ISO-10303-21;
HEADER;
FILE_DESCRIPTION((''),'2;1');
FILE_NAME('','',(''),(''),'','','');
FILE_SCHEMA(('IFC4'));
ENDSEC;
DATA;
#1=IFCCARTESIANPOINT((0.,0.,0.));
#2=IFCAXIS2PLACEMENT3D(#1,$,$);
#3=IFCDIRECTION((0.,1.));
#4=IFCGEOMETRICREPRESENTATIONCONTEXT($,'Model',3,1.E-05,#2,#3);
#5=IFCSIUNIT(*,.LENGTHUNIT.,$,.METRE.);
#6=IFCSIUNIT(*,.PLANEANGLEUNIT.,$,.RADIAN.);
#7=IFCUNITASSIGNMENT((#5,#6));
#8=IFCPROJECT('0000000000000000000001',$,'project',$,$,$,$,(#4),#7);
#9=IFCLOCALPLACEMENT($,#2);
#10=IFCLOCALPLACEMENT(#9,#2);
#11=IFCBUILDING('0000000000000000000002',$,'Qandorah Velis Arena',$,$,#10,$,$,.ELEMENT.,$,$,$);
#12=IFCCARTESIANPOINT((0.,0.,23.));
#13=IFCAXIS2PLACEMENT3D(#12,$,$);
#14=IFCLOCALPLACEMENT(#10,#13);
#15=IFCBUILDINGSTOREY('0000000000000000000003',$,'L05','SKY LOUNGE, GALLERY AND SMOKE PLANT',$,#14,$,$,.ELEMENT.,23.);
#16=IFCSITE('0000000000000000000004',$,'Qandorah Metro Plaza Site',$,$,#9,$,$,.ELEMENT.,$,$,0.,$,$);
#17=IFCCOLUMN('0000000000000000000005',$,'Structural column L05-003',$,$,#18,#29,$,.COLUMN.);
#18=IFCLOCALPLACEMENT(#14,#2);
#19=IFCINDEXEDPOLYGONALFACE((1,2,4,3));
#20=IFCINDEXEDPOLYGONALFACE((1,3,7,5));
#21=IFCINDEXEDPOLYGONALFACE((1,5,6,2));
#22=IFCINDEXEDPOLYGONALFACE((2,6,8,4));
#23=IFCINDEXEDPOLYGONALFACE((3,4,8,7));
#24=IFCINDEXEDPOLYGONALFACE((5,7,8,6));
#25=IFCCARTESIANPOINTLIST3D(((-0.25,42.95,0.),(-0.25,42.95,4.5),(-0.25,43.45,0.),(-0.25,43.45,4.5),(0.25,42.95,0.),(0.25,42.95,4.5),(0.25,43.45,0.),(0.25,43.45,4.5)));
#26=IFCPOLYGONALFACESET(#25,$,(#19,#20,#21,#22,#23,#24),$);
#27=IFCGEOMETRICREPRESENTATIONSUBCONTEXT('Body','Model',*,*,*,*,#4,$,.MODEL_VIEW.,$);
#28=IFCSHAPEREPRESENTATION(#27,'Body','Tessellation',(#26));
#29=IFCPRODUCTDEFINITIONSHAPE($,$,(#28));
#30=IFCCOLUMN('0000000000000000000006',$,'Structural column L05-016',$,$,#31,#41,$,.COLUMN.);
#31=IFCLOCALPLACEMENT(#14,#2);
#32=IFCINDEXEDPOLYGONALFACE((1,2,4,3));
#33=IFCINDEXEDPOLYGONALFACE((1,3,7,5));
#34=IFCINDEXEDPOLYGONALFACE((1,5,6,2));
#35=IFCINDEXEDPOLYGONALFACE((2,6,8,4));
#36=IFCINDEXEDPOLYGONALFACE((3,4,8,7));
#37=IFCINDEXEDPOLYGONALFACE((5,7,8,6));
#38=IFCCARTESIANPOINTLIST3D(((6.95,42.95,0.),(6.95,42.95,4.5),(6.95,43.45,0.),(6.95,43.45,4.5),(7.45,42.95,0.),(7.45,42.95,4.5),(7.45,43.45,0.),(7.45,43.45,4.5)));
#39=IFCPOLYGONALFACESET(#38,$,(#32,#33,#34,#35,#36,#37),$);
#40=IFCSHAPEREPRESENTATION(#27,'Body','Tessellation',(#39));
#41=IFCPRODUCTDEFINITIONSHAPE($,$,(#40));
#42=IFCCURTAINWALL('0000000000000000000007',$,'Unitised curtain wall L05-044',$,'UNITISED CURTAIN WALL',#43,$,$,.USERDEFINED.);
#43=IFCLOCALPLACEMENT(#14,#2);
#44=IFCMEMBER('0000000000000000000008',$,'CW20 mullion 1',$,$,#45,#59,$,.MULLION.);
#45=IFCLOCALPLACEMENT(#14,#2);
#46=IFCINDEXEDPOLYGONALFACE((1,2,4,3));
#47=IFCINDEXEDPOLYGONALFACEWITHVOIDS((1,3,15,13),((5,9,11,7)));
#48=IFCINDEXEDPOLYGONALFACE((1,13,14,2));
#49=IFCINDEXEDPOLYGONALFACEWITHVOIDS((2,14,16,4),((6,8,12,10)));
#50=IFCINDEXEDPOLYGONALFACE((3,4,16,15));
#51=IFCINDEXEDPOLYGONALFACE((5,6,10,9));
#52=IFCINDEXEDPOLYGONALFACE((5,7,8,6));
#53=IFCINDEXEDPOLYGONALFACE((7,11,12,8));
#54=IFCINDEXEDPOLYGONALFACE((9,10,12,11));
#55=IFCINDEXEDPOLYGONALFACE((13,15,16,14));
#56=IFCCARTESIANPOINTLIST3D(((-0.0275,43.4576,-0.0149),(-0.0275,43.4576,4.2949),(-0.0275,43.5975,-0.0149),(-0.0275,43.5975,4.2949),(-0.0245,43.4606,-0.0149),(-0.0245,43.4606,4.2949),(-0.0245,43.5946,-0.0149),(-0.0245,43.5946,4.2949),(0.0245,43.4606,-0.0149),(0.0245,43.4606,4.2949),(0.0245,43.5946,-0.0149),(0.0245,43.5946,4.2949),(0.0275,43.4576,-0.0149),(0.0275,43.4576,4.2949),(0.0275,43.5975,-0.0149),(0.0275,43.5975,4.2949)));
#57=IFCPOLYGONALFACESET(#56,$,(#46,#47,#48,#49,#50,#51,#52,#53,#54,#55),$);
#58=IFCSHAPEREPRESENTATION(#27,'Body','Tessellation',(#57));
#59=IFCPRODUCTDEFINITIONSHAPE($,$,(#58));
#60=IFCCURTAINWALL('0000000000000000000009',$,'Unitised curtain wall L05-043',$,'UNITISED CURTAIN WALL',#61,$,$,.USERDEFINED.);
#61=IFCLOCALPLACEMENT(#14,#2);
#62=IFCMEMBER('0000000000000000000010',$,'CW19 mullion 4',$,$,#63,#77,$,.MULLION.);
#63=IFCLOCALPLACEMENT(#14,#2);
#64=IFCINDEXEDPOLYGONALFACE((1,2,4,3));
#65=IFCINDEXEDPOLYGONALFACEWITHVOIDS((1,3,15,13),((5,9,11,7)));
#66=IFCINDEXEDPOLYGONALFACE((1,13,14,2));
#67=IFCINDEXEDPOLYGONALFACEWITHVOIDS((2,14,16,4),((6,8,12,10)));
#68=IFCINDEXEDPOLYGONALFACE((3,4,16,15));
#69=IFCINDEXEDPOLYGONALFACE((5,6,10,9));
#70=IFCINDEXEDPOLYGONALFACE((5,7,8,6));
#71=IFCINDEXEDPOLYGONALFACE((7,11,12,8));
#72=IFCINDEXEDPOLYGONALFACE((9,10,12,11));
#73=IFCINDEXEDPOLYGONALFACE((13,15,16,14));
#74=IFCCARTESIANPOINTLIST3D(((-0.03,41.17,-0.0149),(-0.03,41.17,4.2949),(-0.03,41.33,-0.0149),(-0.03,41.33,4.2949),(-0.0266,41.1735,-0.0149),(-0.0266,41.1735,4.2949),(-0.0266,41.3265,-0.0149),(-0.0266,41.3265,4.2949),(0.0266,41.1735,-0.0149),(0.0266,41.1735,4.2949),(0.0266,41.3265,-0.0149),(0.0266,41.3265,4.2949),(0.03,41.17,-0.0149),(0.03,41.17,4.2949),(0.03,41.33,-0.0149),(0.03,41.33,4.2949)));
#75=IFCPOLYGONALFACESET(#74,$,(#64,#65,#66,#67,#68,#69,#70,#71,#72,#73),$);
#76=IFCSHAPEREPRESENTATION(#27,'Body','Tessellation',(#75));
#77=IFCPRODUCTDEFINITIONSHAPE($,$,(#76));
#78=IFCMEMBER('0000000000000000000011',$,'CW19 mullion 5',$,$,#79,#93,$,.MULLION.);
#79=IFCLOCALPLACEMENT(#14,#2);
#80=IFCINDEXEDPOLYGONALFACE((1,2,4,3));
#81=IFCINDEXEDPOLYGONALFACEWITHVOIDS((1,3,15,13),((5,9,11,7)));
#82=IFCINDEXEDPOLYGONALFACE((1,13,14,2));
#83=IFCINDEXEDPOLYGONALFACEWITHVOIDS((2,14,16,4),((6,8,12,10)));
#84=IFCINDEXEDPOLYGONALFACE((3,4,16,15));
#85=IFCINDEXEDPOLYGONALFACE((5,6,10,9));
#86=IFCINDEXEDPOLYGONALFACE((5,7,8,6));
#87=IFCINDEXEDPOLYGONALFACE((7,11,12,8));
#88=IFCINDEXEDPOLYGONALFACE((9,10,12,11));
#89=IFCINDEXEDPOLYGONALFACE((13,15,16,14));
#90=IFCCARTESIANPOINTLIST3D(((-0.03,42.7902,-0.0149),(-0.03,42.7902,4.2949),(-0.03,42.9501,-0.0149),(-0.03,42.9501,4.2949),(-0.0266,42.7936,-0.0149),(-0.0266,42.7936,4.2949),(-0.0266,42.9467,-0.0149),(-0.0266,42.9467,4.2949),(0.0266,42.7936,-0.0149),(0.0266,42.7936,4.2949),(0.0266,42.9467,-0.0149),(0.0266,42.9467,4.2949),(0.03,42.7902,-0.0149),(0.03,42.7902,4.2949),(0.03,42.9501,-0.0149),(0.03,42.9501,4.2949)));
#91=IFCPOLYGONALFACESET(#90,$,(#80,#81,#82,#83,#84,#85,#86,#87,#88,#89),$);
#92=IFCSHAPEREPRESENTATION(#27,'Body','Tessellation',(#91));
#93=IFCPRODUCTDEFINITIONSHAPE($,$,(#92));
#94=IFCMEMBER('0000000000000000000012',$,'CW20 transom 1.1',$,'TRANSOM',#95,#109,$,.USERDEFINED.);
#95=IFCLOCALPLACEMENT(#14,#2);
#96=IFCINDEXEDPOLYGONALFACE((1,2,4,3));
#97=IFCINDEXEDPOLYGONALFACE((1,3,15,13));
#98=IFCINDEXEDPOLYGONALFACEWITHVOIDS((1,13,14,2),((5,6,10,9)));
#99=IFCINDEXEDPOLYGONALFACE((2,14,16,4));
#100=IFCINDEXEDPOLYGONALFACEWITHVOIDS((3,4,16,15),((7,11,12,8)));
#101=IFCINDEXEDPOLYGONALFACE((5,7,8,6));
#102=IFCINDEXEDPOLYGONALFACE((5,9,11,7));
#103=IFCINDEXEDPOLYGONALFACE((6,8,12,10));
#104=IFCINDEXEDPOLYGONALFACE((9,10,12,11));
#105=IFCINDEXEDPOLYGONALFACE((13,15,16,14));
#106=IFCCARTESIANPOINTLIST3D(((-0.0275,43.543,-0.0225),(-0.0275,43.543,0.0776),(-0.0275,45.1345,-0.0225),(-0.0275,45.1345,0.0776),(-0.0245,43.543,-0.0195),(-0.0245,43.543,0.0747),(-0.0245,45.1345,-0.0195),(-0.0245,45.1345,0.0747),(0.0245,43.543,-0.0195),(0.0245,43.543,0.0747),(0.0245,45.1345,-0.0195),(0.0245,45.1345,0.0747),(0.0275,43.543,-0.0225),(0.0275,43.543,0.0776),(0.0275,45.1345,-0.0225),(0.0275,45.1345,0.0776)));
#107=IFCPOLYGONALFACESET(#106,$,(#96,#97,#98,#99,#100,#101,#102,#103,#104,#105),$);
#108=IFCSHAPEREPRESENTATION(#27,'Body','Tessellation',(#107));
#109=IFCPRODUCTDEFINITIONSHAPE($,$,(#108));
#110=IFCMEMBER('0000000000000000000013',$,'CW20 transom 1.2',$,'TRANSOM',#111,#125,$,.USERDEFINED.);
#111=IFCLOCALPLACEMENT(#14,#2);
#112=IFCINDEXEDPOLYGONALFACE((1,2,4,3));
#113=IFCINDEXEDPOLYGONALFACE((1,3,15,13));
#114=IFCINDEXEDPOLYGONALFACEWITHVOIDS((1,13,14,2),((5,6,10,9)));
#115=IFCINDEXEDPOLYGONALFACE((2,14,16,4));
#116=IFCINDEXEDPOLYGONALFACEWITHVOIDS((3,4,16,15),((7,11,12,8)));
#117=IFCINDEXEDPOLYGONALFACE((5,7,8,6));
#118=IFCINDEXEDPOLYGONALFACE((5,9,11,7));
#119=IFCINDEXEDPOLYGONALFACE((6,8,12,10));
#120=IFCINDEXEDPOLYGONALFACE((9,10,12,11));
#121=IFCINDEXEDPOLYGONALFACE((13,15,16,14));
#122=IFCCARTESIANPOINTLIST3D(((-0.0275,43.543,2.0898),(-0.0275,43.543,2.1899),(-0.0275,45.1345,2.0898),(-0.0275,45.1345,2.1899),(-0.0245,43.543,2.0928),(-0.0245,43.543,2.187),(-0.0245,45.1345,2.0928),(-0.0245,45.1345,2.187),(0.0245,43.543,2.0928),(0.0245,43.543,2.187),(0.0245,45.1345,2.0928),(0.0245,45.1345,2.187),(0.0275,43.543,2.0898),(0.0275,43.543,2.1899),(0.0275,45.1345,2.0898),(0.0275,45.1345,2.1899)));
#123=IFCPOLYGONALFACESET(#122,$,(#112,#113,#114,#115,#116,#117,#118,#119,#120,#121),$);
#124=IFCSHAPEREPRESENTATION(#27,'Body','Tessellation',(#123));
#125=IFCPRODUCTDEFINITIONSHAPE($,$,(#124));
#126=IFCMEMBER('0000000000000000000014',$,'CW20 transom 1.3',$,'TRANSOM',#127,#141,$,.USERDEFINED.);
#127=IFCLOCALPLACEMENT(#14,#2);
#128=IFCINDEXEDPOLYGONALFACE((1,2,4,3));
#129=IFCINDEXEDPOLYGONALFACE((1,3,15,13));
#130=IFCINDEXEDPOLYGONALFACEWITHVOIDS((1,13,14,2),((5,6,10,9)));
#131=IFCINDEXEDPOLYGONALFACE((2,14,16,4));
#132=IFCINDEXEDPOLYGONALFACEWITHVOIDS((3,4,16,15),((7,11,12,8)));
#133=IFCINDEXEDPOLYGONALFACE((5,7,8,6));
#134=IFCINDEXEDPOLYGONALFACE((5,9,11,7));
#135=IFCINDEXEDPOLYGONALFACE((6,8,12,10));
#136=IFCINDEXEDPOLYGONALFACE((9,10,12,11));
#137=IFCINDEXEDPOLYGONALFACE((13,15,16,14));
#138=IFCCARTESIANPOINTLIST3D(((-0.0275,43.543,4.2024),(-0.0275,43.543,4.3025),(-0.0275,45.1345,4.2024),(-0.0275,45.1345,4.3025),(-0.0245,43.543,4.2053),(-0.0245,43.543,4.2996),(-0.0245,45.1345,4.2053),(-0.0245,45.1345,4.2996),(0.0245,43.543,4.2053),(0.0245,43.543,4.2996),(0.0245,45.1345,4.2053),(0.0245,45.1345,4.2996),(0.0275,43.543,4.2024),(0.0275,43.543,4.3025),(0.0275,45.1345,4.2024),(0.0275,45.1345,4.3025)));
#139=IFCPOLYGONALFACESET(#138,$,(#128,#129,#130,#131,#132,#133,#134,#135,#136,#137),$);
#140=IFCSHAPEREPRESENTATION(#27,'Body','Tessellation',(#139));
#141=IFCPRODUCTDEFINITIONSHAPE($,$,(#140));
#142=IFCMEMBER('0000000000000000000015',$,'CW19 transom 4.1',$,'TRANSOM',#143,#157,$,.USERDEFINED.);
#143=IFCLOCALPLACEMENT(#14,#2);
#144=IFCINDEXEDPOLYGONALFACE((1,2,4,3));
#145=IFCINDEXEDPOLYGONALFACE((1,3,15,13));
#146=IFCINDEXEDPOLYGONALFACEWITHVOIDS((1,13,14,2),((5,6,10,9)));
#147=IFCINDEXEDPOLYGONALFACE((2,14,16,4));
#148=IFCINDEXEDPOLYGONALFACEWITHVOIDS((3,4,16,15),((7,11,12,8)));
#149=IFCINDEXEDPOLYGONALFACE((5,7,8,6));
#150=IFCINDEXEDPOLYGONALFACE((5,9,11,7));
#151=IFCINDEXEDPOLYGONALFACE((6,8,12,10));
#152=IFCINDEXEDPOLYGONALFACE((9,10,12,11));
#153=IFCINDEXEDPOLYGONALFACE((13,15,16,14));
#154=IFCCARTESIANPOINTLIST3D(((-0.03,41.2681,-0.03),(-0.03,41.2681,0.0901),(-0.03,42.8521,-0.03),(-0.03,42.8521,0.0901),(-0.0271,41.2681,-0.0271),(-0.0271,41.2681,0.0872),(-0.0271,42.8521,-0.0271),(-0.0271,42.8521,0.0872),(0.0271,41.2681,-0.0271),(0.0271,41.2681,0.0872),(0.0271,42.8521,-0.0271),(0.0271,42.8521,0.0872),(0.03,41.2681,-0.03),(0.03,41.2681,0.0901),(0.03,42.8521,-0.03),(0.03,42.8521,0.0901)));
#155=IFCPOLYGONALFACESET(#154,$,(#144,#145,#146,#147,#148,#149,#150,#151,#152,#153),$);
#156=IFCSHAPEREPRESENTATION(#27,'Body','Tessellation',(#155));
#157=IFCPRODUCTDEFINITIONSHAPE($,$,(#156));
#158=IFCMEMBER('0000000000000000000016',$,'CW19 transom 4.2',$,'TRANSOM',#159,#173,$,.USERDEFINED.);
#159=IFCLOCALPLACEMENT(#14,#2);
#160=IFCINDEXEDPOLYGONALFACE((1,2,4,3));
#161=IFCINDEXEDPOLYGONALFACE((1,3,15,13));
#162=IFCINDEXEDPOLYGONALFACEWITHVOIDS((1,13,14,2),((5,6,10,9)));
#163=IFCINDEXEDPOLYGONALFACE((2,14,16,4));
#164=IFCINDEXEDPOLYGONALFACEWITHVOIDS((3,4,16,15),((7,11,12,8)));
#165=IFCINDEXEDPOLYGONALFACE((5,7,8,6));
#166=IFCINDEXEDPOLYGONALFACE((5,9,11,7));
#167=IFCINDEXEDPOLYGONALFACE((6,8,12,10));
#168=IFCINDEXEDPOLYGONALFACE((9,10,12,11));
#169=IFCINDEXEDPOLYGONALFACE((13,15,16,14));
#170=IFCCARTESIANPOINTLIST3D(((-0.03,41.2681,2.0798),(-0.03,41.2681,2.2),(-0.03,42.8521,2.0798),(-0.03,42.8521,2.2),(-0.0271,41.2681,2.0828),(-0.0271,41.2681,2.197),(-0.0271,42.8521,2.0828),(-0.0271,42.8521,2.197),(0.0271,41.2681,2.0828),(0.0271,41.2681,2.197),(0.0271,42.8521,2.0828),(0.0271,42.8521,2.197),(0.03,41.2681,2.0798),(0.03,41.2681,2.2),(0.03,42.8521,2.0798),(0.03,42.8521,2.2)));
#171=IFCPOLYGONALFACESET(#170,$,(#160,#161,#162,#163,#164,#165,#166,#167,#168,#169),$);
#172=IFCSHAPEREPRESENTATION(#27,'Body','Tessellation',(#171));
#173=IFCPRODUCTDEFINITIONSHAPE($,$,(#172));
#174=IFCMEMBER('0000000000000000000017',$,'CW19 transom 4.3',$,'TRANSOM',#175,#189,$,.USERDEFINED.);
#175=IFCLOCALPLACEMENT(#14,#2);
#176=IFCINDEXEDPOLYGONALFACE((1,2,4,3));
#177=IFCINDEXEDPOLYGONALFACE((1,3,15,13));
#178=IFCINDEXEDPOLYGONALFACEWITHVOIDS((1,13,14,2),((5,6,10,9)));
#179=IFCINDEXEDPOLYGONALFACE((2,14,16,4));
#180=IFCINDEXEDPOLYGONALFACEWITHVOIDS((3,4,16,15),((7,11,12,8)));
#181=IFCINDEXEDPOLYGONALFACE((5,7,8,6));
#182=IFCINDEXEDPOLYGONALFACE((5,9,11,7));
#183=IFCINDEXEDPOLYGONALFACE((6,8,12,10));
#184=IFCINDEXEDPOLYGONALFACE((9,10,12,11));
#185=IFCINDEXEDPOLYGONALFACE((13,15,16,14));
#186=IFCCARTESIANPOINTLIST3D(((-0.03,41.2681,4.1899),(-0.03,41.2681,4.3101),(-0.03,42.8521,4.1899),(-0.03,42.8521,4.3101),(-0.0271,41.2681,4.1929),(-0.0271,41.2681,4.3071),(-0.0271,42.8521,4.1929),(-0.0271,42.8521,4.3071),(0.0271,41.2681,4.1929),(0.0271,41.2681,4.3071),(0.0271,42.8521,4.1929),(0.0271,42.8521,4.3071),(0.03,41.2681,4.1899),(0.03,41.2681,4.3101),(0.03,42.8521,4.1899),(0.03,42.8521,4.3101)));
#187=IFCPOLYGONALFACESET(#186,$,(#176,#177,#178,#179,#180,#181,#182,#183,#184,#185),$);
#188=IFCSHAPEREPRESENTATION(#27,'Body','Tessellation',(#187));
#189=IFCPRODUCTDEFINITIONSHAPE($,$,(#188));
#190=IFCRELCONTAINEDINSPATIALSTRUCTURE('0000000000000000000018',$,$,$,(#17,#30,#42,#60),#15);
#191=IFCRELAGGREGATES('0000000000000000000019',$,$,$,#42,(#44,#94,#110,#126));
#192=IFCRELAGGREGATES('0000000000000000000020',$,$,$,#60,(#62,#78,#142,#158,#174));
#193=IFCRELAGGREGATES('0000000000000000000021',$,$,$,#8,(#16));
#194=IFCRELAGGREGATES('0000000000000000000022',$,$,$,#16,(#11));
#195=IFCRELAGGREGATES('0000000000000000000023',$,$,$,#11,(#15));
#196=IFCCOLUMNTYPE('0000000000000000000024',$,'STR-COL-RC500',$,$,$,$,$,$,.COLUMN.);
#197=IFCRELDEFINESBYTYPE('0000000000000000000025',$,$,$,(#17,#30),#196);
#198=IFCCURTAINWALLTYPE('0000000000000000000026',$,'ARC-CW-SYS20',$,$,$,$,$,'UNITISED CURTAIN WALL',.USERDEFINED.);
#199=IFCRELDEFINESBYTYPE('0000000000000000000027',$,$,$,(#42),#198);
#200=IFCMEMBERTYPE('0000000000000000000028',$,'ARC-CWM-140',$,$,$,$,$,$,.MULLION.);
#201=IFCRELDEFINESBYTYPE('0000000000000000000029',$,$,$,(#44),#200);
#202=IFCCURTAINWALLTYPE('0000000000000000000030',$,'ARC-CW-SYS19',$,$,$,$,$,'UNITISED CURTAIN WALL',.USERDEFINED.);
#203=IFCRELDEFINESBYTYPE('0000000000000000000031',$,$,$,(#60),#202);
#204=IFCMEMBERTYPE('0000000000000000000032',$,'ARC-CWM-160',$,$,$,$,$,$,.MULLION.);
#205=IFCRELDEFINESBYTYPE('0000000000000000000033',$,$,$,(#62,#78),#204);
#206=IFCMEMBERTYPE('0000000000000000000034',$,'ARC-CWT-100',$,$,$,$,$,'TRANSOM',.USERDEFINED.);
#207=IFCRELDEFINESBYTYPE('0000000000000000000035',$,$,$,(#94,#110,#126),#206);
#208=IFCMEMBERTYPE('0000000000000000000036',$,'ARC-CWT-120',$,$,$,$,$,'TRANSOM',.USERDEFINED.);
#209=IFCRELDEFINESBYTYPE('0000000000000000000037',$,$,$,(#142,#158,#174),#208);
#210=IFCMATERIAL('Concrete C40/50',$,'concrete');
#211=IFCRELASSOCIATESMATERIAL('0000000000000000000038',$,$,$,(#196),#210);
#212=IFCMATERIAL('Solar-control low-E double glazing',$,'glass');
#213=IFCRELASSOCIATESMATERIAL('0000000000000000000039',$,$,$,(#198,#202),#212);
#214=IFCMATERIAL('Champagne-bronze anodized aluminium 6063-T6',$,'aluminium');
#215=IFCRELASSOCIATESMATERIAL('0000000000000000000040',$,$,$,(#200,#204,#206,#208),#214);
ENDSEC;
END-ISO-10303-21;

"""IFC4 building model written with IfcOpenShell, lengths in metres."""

from ifc_helpers import new_model, si_unit, direction, frame, origin, origin_2d, place, context, subcontext, project, spatial, rectangle, hollow_rectangle, extrude, material, material_profile, profile_set, type_object, element, aggregate, save


model = new_model("IFC4")

# Units and contexts
model_context = context("Model", 3, precision=1e-05, world=origin(), true_north=direction((0.0, 1.0)))
body_context = subcontext(model_context, "Body", "Model", "MODEL_VIEW")
ifc_project = project(units=[si_unit("LENGTHUNIT", "METRE"), si_unit("PLANEANGLEUNIT", "RADIAN")], contexts=[model_context])

# Site, building, storey
site_placement = place(None, origin())
site = spatial("IfcSite", under=ifc_project, at=site_placement, Name="Qandorah Metro Plaza Site", CompositionType="ELEMENT", RefElevation=0.0)
building_placement = place(site_placement, origin())
building = spatial("IfcBuilding", under=site, at=building_placement, Name="Qandorah Velis Arena", CompositionType="ELEMENT")
storey_placement = place(building_placement, frame((0.0, 0.0, 23.0)))
storey = spatial("IfcBuildingStorey", under=building, at=storey_placement, Name="L05", Description="SKY LOUNGE, GALLERY AND SMOKE PLANT", CompositionType="ELEMENT", Elevation=23.0)

# Columns
ifc_material_1 = material(Name="Concrete C40/50", Category="concrete")
ifc_material_profile_1 = material_profile(ifc_material_1, rectangle(XDim=0.5, YDim=0.5, at=origin_2d()), Name="RC COL 500x500")
ifc_profile_set_1 = profile_set([ifc_material_profile_1], Name="Concrete C40/50")
column_type = type_object("IfcColumnType", Name="STR-COL-RC500", PredefinedType="COLUMN", material=ifc_profile_set_1)
for number, where, z_axis, x_axis, name in (
    (1, (0.0, 43.2, 0.0), (0.0, 0.0, 1.0), (1.0, 0.0, 0.0), "Structural column L05-003"),
    (2, (7.2, 43.2, 0.0), (0.0, 0.0, 1.0), (1.0, 0.0, 0.0), "Structural column L05-016"),
):
    element("IfcColumn", number, at=place(storey_placement, frame(where, z_axis=z_axis, x_axis=x_axis)), inside=storey, type_object=column_type, Name=name, PredefinedType="COLUMN", context=body_context, shape_type="SweptSolid", body=[
        extrude(rectangle(XDim=0.5, YDim=0.5, at=origin_2d()), origin(), (0.0, 0.0, 1.0), 4.5),
    ])

# Curtain wall, member
ifc_material_2 = material(Name="Solar-control low-E double glazing", Category="glass")
curtain_wall_type_1 = type_object("IfcCurtainWallType", Name="ARC-CW-SYS20", ElementType="UNITISED CURTAIN WALL", PredefinedType="USERDEFINED", material=ifc_material_2)
curtain_wall_1_placement = place(storey_placement, origin())
curtain_wall_1 = element("IfcCurtainWall", 3, at=curtain_wall_1_placement, inside=storey, type_object=curtain_wall_type_1, Name="Unitised curtain wall L05-044", ObjectType="UNITISED CURTAIN WALL", PredefinedType="USERDEFINED")
ifc_material_3 = material(Name="Champagne-bronze anodized aluminium 6063-T6", Category="aluminium")
ifc_material_profile_2 = material_profile(ifc_material_3, hollow_rectangle(XDim=0.0549, YDim=0.1399, WallThickness=0.0029, at=origin_2d()), Name="ALU MULLION 55x140")
ifc_profile_set_2 = profile_set([ifc_material_profile_2], Name="Champagne-bronze anodized aluminium 6063-T6")
member_type_1 = type_object("IfcMemberType", Name="ARC-CWM-140", PredefinedType="MULLION", material=ifc_profile_set_2)
member_1_placement = place(storey_placement, frame((0.0, 43.5276, -0.0149), z_axis=(0.0, 0.0, 1.0), x_axis=(-1.0, 0.0, 0.0)))
member_1 = element("IfcMember", 4, at=member_1_placement, type_object=member_type_1, Name="CW20 mullion 1", PredefinedType="MULLION", context=body_context, shape_type="SweptSolid", body=[
    extrude(hollow_rectangle(XDim=0.0549, YDim=0.1399, WallThickness=0.0029, at=origin_2d()), origin(), (0.0, 0.0, 1.0), 4.3098),
])

# Curtain wall, members
curtain_wall_type_2 = type_object("IfcCurtainWallType", Name="ARC-CW-SYS19", ElementType="UNITISED CURTAIN WALL", PredefinedType="USERDEFINED", material=ifc_material_2)
curtain_wall_2_placement = place(storey_placement, origin())
curtain_wall_2 = element("IfcCurtainWall", 5, at=curtain_wall_2_placement, inside=storey, type_object=curtain_wall_type_2, Name="Unitised curtain wall L05-043", ObjectType="UNITISED CURTAIN WALL", PredefinedType="USERDEFINED")
ifc_material_profile_3 = material_profile(ifc_material_3, hollow_rectangle(XDim=0.0601, YDim=0.1599, WallThickness=0.0034, at=origin_2d()), Name="ALU MULLION 60x160")
ifc_profile_set_3 = profile_set([ifc_material_profile_3], Name="Champagne-bronze anodized aluminium 6063-T6")
member_type_2 = type_object("IfcMemberType", Name="ARC-CWM-160", PredefinedType="MULLION", material=ifc_profile_set_3)
member_2_placement = place(storey_placement, frame((0.0, 41.25, -0.0149), z_axis=(0.0, 0.0, 1.0), x_axis=(-1.0, 0.0, 0.0)))
member_2 = element("IfcMember", 6, at=member_2_placement, type_object=member_type_2, Name="CW19 mullion 4", PredefinedType="MULLION", context=body_context, shape_type="SweptSolid", body=[
    extrude(hollow_rectangle(XDim=0.0601, YDim=0.1599, WallThickness=0.0034, at=origin_2d()), origin(), (0.0, 0.0, 1.0), 4.3098),
])
member_3_placement = place(storey_placement, frame((0.0, 42.8701, -0.0149), z_axis=(0.0, 0.0, 1.0), x_axis=(-1.0, 0.0, 0.0)))
member_3 = element("IfcMember", 7, at=member_3_placement, type_object=member_type_2, Name="CW19 mullion 5", PredefinedType="MULLION", context=body_context, shape_type="SweptSolid", body=[
    extrude(hollow_rectangle(XDim=0.0601, YDim=0.1599, WallThickness=0.0034, at=origin_2d()), origin(), (0.0, 0.0, 1.0), 4.3098),
])

# Members
ifc_material_profile_4 = material_profile(ifc_material_3, hollow_rectangle(XDim=0.0549, YDim=0.1001, WallThickness=0.0029, at=origin_2d()), Name="ALU TRANSOM 55x100")
ifc_profile_set_4 = profile_set([ifc_material_profile_4], Name="Champagne-bronze anodized aluminium 6063-T6")
member_type_3 = type_object("IfcMemberType", Name="ARC-CWT-100", ElementType="TRANSOM", PredefinedType="USERDEFINED", material=ifc_profile_set_4)
member_4_placement = place(storey_placement, frame((0.0, 43.543, 0.0276), z_axis=(0.0, 1.0, 0.0), x_axis=(-1.0, 0.0, 0.0)))
member_4 = element("IfcMember", 8, at=member_4_placement, type_object=member_type_3, Name="CW20 transom 1.1", ObjectType="TRANSOM", PredefinedType="USERDEFINED", context=body_context, shape_type="SweptSolid", body=[
    extrude(hollow_rectangle(XDim=0.0549, YDim=0.1001, WallThickness=0.0029, at=origin_2d()), origin(), (0.0, 0.0, 1.0), 1.5916),
])
member_5_placement = place(storey_placement, frame((0.0, 43.543, 2.1399), z_axis=(0.0, 1.0, 0.0), x_axis=(-1.0, 0.0, 0.0)))
member_5 = element("IfcMember", 9, at=member_5_placement, type_object=member_type_3, Name="CW20 transom 1.2", ObjectType="TRANSOM", PredefinedType="USERDEFINED", context=body_context, shape_type="SweptSolid", body=[
    extrude(hollow_rectangle(XDim=0.0549, YDim=0.1001, WallThickness=0.0029, at=origin_2d()), origin(), (0.0, 0.0, 1.0), 1.5916),
])
member_6_placement = place(storey_placement, frame((0.0, 43.543, 4.2524), z_axis=(0.0, 1.0, 0.0), x_axis=(-1.0, 0.0, 0.0)))
member_6 = element("IfcMember", 10, at=member_6_placement, type_object=member_type_3, Name="CW20 transom 1.3", ObjectType="TRANSOM", PredefinedType="USERDEFINED", context=body_context, shape_type="SweptSolid", body=[
    extrude(hollow_rectangle(XDim=0.0549, YDim=0.1001, WallThickness=0.0029, at=origin_2d()), origin(), (0.0, 0.0, 1.0), 1.5916),
])
ifc_material_profile_5 = material_profile(ifc_material_3, hollow_rectangle(XDim=0.0601, YDim=0.1201, WallThickness=0.0029, at=origin_2d()), Name="ALU TRANSOM 60x120")
ifc_profile_set_5 = profile_set([ifc_material_profile_5], Name="Champagne-bronze anodized aluminium 6063-T6")
member_type_4 = type_object("IfcMemberType", Name="ARC-CWT-120", ElementType="TRANSOM", PredefinedType="USERDEFINED", material=ifc_profile_set_5)
member_7_placement = place(storey_placement, frame((0.0, 41.2681, 0.03), z_axis=(0.0, 1.0, 0.0), x_axis=(-1.0, 0.0, 0.0)))
member_7 = element("IfcMember", 11, at=member_7_placement, type_object=member_type_4, Name="CW19 transom 4.1", ObjectType="TRANSOM", PredefinedType="USERDEFINED", context=body_context, shape_type="SweptSolid", body=[
    extrude(hollow_rectangle(XDim=0.0601, YDim=0.1201, WallThickness=0.0029, at=origin_2d()), origin(), (0.0, 0.0, 1.0), 1.584),
])
member_8_placement = place(storey_placement, frame((0.0, 41.2681, 2.1399), z_axis=(0.0, 1.0, 0.0), x_axis=(-1.0, 0.0, 0.0)))
member_8 = element("IfcMember", 12, at=member_8_placement, type_object=member_type_4, Name="CW19 transom 4.2", ObjectType="TRANSOM", PredefinedType="USERDEFINED", context=body_context, shape_type="SweptSolid", body=[
    extrude(hollow_rectangle(XDim=0.0601, YDim=0.1201, WallThickness=0.0029, at=origin_2d()), origin(), (0.0, 0.0, 1.0), 1.584),
])
member_9_placement = place(storey_placement, frame((0.0, 41.2681, 4.25), z_axis=(0.0, 1.0, 0.0), x_axis=(-1.0, 0.0, 0.0)))
member_9 = element("IfcMember", 13, at=member_9_placement, type_object=member_type_4, Name="CW19 transom 4.3", ObjectType="TRANSOM", PredefinedType="USERDEFINED", context=body_context, shape_type="SweptSolid", body=[
    extrude(hollow_rectangle(XDim=0.0601, YDim=0.1201, WallThickness=0.0029, at=origin_2d()), origin(), (0.0, 0.0, 1.0), 1.584),
])

aggregate(curtain_wall_1, [member_1, member_4, member_5, member_6])
aggregate(curtain_wall_2, [member_2, member_3, member_7, member_8, member_9])

save(model, "model.ifc")
